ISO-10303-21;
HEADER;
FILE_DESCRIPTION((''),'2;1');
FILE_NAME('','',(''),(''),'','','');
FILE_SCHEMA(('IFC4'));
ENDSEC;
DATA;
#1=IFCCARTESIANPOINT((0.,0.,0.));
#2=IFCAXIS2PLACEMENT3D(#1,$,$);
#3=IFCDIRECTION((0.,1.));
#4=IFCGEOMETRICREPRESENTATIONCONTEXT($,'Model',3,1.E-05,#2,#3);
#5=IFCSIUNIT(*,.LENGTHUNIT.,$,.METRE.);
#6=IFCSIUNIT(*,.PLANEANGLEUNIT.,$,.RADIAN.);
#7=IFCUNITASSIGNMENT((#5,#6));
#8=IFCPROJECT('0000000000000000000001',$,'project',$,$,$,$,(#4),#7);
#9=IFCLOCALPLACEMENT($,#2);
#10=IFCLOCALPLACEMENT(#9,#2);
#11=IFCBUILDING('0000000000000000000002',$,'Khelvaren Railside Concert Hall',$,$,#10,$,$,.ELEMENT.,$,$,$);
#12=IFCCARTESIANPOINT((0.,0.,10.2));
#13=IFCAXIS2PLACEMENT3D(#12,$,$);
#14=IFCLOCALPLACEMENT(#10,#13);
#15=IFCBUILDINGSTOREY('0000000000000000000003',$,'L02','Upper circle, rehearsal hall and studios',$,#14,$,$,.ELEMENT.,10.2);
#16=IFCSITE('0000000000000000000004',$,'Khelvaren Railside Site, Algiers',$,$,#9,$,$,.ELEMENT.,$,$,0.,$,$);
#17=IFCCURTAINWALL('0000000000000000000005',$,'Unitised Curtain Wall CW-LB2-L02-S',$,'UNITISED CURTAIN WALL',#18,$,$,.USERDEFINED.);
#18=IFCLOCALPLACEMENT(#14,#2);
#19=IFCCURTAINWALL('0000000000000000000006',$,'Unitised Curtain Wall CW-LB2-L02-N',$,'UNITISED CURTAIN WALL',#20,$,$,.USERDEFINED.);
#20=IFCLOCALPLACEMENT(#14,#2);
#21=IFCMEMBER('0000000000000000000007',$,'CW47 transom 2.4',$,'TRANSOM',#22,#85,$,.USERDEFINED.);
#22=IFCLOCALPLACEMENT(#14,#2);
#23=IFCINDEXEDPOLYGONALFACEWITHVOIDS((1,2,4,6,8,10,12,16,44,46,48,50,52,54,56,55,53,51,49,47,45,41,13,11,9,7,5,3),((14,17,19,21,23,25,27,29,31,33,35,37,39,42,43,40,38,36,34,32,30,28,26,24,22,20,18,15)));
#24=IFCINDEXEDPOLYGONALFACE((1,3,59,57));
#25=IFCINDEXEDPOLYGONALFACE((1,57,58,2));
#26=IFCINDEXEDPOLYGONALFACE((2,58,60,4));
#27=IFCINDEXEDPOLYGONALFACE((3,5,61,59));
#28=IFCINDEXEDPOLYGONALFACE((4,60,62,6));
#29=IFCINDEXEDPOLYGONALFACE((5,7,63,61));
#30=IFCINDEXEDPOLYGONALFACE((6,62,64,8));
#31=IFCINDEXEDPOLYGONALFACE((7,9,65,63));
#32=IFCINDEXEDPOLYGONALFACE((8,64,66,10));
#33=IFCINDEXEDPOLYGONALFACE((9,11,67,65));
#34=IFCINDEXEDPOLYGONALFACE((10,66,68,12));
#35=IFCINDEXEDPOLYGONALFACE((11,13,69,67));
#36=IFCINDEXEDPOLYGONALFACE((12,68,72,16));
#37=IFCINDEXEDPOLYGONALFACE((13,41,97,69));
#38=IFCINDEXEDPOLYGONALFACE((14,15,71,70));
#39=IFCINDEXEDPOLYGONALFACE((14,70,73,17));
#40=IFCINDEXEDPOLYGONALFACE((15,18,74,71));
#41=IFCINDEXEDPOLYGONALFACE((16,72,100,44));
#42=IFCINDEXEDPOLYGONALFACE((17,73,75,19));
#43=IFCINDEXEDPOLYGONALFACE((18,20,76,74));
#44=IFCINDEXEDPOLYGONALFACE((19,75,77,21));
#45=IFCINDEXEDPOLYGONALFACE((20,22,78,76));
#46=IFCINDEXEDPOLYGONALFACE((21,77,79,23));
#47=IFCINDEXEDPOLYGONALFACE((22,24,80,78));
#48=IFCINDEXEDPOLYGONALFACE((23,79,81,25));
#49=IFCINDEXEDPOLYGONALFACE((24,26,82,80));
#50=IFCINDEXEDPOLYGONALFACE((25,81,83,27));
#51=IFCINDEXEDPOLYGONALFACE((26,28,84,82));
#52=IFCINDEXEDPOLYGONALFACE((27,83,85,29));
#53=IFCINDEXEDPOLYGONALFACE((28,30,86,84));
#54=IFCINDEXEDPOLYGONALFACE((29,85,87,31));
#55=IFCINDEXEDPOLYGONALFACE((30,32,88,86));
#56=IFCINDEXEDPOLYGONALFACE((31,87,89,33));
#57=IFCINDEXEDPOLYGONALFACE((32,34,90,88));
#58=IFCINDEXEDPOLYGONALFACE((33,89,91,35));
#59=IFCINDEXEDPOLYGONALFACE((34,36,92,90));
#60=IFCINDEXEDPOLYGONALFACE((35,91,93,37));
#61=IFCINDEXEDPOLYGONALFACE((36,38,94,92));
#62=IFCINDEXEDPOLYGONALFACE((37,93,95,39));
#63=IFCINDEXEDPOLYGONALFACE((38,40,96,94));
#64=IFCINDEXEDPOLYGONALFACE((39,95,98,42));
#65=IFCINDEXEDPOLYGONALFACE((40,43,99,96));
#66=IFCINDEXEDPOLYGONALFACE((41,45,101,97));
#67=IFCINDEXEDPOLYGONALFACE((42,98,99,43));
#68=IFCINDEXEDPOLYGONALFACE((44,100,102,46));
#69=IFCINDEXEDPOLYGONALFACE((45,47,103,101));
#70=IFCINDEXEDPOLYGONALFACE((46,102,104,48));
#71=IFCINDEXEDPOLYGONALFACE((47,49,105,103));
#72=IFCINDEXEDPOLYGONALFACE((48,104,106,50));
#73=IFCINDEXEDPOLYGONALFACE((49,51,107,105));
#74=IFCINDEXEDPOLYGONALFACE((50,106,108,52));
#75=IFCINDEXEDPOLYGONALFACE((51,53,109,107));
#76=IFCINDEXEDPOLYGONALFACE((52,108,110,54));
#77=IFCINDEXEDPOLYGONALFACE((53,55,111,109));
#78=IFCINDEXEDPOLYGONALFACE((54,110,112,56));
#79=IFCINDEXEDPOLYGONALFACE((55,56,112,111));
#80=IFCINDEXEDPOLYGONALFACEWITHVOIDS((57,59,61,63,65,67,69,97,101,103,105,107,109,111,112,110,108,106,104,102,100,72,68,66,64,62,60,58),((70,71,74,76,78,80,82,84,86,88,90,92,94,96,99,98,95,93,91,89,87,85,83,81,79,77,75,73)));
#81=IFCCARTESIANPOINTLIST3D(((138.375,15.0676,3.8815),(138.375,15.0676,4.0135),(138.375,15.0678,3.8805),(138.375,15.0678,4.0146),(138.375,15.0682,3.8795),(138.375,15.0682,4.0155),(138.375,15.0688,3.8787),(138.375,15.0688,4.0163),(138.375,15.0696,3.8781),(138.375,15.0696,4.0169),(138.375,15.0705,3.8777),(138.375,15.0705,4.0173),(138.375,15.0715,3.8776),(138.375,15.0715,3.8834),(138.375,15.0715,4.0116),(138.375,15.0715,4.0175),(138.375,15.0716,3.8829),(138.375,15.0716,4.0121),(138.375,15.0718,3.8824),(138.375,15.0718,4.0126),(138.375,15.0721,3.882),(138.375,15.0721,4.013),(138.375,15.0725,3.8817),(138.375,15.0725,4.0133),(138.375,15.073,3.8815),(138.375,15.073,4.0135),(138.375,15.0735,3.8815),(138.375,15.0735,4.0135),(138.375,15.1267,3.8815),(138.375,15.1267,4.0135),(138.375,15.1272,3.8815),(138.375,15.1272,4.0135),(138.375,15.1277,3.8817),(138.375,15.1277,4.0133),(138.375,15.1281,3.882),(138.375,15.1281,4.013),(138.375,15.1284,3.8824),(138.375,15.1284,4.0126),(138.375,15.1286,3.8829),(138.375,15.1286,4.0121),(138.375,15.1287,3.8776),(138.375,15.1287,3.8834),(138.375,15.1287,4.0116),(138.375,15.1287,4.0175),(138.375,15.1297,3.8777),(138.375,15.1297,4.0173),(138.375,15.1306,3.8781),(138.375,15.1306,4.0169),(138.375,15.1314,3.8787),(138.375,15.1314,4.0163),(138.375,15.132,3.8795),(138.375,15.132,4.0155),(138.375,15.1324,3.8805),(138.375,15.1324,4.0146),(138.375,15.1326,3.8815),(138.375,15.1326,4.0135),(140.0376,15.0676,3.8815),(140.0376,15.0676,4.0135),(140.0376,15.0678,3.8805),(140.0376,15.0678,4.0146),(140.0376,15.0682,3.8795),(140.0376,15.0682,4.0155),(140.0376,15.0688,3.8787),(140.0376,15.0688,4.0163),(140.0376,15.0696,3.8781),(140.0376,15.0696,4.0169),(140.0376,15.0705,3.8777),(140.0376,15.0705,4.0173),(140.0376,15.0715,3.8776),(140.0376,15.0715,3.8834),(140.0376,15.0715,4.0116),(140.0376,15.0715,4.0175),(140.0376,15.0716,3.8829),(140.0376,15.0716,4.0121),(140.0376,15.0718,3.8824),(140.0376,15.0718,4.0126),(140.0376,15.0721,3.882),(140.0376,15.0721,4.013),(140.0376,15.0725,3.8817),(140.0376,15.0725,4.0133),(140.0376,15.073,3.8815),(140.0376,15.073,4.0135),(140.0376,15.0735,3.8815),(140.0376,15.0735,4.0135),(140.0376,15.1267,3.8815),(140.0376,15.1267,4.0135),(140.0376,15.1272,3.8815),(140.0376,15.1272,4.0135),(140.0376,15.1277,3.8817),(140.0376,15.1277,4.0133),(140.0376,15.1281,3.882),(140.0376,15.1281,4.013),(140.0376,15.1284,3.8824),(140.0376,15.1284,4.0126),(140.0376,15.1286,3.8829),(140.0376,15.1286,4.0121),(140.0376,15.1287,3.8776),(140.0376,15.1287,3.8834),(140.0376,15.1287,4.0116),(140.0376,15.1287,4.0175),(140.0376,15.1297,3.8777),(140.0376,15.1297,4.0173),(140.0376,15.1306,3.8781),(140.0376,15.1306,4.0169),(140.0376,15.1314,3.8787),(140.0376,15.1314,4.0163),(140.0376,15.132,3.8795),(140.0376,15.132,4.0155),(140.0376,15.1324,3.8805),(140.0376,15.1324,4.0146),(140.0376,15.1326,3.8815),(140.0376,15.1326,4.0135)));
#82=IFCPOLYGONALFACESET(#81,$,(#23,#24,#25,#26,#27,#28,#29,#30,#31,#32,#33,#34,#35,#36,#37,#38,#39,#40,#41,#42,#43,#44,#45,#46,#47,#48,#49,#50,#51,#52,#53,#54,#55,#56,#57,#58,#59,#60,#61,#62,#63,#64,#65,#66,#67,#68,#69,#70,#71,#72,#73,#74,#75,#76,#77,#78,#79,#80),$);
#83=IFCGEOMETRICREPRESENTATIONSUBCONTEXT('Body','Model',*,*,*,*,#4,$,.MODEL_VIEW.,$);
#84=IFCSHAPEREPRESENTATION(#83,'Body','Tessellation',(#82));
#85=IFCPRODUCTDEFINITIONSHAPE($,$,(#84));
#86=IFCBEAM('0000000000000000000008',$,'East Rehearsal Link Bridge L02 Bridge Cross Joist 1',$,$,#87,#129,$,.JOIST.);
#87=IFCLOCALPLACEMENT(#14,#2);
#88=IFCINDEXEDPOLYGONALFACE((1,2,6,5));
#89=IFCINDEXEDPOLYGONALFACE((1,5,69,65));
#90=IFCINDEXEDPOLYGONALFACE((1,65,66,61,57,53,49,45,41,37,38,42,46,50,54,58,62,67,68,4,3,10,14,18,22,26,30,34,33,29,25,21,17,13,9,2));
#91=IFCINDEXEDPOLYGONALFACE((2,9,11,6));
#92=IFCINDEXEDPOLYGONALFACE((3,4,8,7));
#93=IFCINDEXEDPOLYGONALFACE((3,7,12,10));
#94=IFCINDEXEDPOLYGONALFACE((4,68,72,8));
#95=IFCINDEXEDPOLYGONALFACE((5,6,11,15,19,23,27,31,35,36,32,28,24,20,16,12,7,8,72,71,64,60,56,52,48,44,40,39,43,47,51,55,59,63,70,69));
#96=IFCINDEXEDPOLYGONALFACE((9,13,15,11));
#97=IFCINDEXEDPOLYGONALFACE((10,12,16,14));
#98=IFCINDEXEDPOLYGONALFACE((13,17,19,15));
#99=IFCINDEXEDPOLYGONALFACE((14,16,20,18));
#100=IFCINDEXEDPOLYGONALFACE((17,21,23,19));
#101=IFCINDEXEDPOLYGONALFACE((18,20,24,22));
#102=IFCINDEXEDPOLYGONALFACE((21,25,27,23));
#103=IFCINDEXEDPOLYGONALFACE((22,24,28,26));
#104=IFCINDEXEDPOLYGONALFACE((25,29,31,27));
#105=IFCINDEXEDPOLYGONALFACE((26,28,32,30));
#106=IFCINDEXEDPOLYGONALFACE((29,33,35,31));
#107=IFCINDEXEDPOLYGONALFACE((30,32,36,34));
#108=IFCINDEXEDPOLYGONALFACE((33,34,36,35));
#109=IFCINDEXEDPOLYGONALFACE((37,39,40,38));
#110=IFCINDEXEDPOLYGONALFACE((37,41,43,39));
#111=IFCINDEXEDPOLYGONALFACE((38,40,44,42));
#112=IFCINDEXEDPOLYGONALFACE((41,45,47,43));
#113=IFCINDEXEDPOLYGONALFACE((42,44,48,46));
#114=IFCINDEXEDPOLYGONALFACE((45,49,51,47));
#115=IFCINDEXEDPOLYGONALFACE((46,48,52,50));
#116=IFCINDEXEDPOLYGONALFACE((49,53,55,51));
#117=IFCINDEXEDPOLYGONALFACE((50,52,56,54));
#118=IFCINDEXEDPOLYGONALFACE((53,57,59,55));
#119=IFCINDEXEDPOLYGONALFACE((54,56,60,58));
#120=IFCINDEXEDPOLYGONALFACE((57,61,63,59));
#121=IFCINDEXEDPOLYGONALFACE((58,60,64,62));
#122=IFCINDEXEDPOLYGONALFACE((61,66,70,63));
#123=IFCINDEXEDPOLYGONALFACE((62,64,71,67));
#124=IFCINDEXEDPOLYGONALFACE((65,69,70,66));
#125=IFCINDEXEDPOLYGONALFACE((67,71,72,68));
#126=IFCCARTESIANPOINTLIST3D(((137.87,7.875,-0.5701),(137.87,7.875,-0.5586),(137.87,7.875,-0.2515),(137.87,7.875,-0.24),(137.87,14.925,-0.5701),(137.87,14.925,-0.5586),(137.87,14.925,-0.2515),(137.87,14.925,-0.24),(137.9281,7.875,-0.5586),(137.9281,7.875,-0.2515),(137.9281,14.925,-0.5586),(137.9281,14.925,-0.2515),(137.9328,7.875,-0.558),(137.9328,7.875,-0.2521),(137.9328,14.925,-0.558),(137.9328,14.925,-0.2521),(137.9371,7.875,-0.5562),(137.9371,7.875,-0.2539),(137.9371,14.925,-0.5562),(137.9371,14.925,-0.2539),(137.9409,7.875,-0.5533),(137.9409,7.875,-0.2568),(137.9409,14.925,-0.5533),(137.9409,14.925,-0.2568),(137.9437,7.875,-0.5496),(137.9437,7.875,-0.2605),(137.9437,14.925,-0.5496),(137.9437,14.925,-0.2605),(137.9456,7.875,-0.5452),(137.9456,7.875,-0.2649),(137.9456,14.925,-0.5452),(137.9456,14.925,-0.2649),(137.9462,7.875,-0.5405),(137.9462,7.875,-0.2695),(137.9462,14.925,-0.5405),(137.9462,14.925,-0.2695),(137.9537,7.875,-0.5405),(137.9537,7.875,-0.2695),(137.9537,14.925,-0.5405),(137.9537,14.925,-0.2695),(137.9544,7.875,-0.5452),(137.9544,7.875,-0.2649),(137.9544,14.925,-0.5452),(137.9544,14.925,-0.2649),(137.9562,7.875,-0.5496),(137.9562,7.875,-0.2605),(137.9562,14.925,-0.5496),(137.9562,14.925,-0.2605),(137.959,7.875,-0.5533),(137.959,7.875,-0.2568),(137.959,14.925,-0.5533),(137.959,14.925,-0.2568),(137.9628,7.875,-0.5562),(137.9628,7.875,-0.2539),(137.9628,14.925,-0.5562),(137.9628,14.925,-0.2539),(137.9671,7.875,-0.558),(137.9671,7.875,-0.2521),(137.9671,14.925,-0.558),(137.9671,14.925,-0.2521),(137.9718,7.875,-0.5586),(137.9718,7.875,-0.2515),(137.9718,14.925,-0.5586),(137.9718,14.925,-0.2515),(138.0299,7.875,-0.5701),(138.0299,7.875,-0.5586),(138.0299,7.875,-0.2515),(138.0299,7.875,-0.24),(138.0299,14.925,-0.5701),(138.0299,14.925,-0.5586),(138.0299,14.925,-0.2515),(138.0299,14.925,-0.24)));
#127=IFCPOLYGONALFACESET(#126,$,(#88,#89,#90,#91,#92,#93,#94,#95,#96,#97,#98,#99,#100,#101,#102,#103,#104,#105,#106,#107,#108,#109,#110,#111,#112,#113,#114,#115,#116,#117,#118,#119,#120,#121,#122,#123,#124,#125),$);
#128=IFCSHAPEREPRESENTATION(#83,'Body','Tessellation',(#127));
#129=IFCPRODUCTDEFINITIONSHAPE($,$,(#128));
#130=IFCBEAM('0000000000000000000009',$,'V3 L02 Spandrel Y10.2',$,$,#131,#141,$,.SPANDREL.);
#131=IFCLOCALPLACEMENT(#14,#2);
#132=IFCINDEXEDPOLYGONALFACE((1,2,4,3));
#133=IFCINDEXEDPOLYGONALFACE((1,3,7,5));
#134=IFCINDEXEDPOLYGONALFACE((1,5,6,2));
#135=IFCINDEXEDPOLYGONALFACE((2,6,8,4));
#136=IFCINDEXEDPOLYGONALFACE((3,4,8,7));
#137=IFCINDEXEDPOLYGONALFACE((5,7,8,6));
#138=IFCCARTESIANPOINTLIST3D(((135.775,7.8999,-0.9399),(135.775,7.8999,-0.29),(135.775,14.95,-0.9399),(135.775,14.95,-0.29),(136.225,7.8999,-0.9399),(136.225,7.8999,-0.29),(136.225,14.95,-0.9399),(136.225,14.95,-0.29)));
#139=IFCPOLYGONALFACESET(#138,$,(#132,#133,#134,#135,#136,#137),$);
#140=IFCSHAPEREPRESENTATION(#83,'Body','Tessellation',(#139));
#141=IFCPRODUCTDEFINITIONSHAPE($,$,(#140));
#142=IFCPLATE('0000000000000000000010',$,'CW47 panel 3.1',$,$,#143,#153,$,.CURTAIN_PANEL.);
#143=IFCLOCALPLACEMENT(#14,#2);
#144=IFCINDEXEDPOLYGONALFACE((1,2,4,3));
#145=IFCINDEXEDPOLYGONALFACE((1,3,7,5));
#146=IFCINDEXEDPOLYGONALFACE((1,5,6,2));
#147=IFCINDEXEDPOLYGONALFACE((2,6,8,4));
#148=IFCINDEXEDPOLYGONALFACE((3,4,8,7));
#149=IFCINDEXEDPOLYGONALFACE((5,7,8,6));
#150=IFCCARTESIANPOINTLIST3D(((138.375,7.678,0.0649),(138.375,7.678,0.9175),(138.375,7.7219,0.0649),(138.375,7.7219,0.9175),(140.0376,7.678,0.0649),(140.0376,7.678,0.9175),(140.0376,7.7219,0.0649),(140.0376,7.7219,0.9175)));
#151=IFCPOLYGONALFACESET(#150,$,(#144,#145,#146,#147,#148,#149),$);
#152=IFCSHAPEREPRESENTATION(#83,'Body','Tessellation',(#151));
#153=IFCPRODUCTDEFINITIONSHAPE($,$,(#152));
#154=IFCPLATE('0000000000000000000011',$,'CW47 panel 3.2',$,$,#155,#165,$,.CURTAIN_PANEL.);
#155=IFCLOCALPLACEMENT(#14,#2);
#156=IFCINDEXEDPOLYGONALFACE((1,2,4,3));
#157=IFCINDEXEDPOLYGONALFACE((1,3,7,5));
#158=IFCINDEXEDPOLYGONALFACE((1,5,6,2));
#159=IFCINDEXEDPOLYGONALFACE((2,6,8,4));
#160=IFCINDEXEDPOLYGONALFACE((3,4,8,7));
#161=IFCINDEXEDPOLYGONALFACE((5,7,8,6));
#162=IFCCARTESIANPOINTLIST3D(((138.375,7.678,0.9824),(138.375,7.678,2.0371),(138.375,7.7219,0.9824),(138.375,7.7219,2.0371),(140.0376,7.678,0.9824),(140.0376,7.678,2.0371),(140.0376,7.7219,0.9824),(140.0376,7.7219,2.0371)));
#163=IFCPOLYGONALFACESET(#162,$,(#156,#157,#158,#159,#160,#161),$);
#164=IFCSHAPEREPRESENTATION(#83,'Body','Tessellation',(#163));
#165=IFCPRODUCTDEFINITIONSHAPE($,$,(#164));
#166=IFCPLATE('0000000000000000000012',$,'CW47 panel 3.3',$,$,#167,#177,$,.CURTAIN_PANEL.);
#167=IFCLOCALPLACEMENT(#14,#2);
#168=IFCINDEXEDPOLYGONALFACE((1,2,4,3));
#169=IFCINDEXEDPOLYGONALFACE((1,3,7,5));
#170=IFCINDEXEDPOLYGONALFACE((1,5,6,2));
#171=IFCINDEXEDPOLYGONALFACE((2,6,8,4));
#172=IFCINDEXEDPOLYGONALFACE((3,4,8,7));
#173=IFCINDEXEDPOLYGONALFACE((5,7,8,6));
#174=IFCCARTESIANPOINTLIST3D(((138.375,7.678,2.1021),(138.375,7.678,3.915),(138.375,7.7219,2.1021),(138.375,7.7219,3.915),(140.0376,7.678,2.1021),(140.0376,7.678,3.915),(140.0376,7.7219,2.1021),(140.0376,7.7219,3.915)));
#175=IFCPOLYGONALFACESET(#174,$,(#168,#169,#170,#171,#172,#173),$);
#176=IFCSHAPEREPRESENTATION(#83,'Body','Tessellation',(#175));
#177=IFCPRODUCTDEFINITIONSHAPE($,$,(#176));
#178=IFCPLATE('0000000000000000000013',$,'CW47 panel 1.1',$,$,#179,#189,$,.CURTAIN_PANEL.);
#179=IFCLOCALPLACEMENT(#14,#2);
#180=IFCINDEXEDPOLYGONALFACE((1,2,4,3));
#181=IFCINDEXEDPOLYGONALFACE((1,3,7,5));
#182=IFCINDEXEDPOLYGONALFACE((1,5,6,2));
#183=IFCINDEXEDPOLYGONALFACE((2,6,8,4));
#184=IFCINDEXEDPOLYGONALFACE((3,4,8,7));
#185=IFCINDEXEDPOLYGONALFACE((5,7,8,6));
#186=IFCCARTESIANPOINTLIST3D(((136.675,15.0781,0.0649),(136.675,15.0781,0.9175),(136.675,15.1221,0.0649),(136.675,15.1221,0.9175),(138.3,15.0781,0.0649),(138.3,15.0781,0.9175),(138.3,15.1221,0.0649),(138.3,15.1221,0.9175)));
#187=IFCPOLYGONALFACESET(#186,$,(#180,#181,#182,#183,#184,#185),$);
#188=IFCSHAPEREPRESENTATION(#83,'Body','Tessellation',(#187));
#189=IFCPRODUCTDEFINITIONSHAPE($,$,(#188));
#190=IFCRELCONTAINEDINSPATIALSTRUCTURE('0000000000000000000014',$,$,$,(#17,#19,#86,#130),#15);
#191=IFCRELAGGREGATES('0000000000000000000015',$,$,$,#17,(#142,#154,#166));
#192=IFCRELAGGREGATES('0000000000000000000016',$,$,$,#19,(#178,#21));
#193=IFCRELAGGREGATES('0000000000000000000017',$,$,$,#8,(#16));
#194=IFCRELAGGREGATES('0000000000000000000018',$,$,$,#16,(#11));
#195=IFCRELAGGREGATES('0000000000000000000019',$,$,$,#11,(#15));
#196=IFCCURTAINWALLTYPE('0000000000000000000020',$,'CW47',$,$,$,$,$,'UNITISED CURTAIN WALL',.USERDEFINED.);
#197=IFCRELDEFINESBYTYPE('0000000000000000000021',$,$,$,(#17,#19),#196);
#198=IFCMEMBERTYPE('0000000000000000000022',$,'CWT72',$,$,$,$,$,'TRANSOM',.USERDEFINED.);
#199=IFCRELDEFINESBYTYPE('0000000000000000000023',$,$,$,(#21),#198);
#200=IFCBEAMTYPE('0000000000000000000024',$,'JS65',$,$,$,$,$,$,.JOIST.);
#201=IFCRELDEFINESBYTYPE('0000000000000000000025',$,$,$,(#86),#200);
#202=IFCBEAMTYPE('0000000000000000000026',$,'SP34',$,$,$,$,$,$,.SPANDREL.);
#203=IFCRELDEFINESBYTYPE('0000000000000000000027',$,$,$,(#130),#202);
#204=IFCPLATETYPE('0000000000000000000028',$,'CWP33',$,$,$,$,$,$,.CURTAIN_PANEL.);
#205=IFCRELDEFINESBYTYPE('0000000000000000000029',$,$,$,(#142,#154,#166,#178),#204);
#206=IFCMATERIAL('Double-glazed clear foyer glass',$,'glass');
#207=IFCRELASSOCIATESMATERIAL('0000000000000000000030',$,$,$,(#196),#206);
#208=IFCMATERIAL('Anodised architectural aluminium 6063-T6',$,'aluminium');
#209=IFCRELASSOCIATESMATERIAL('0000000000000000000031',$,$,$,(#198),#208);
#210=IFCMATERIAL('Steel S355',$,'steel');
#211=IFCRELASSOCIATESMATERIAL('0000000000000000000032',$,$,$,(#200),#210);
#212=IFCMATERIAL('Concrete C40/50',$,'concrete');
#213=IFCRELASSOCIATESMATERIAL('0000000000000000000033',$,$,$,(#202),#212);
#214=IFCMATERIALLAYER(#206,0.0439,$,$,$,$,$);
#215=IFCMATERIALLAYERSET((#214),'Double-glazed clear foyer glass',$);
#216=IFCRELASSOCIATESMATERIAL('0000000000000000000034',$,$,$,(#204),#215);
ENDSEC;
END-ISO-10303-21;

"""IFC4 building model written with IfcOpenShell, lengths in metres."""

from ifc_helpers import new_model, si_unit, direction, frame, origin, origin_2d, place, context, subcontext, project, spatial, rectangle, hollow_rectangle, i_section, extrude, material, layer, layer_set, material_profile, profile_set, type_object, element, aggregate, save


model = new_model("IFC4")

# Units and contexts
model_context = context("Model", 3, precision=1e-05, world=origin(), true_north=direction((0.0, 1.0)))
body_context = subcontext(model_context, "Body", "Model", "MODEL_VIEW")
ifc_project = project(units=[si_unit("LENGTHUNIT", "METRE"), si_unit("PLANEANGLEUNIT", "RADIAN")], contexts=[model_context])

# Site, building, storey
site_placement = place(None, origin())
site = spatial("IfcSite", under=ifc_project, at=site_placement, Name="Khelvaren Railside Site, Algiers", CompositionType="ELEMENT", RefElevation=0.0)
building_placement = place(site_placement, origin())
building = spatial("IfcBuilding", under=site, at=building_placement, Name="Khelvaren Railside Concert Hall", CompositionType="ELEMENT")
storey_placement = place(building_placement, frame((0.0, 0.0, 10.2)))
storey = spatial("IfcBuildingStorey", under=building, at=storey_placement, Name="L02", Description="Upper circle, rehearsal hall and studios", CompositionType="ELEMENT", Elevation=10.2)

# Curtain wall
ifc_material_1 = material(Name="Double-glazed clear foyer glass", Category="glass")
curtain_wall_type = type_object("IfcCurtainWallType", Name="CW47", ElementType="UNITISED CURTAIN WALL", PredefinedType="USERDEFINED", material=ifc_material_1)
curtain_wall_1_placement = place(storey_placement, origin())
curtain_wall_1 = element("IfcCurtainWall", 1, at=curtain_wall_1_placement, inside=storey, type_object=curtain_wall_type, Name="Unitised Curtain Wall CW-LB2-L02-S", ObjectType="UNITISED CURTAIN WALL", PredefinedType="USERDEFINED")
ifc_material_2 = material(Name="Anodised architectural aluminium 6063-T6", Category="aluminium")

# Curtain wall
curtain_wall_2_placement = place(storey_placement, origin())
curtain_wall_2 = element("IfcCurtainWall", 2, at=curtain_wall_2_placement, inside=storey, type_object=curtain_wall_type, Name="Unitised Curtain Wall CW-LB2-L02-N", ObjectType="UNITISED CURTAIN WALL", PredefinedType="USERDEFINED")

# Member
ifc_material_profile_1 = material_profile(ifc_material_2, hollow_rectangle(XDim=0.0649, YDim=0.1399, WallThickness=0.0039, InnerFilletRadius=0.002, OuterFilletRadius=0.0039, at=origin_2d()), Name="CWT 65x140x4")
ifc_profile_set_1 = profile_set([ifc_material_profile_1], Name="Anodised architectural aluminium 6063-T6")
member_type_1 = type_object("IfcMemberType", Name="CWT72", ElementType="TRANSOM", PredefinedType="USERDEFINED", material=ifc_profile_set_1)
member_1_placement = place(storey_placement, frame((138.375, 15.1001, 3.9475), z_axis=(1.0, 0.0, 0.0), x_axis=(0.0, 1.0, 0.0)))
member_1 = element("IfcMember", 3, at=member_1_placement, type_object=member_type_1, Name="CW47 transom 2.4", ObjectType="TRANSOM", PredefinedType="USERDEFINED", context=body_context, shape_type="SweptSolid", body=[
    extrude(hollow_rectangle(XDim=0.0649, YDim=0.1399, WallThickness=0.0039, InnerFilletRadius=0.002, OuterFilletRadius=0.0039, at=origin_2d()), origin(), (0.0, 0.0, 1.0), 1.6626),
])

# Beams
ifc_material_3 = material(Name="Steel S355", Category="steel")
ifc_material_profile_2 = material_profile(ifc_material_3, i_section(OverallWidth=0.1599, OverallDepth=0.3301, WebThickness=0.0076, FlangeThickness=0.0115, FilletRadius=0.0181, at=origin_2d()), Name="IPE 330")
ifc_profile_set_2 = profile_set([ifc_material_profile_2], Name="Steel S355")
beam_type_1 = type_object("IfcBeamType", Name="JS65", PredefinedType="JOIST", material=ifc_profile_set_2)
beam_1_placement = place(storey_placement, frame((137.95, 7.875, -0.405), z_axis=(0.0, 1.0, 0.0), x_axis=(-1.0, 0.0, 0.0)))
element("IfcBeam", 4, at=beam_1_placement, inside=storey, type_object=beam_type_1, Name="East Rehearsal Link Bridge L02 Bridge Cross Joist 1", PredefinedType="JOIST", context=body_context, shape_type="SweptSolid", body=[
    extrude(i_section(OverallWidth=0.1599, OverallDepth=0.3301, WebThickness=0.0076, FlangeThickness=0.0115, FilletRadius=0.0181, at=origin_2d()), origin(), (0.0, 0.0, 1.0), 7.05),
])
ifc_material_4 = material(Name="Concrete C40/50", Category="concrete")
ifc_material_profile_3 = material_profile(ifc_material_4, rectangle(XDim=0.45, YDim=0.6499, at=origin_2d()), Name="RCB 450x650")
ifc_profile_set_3 = profile_set([ifc_material_profile_3], Name="Concrete C40/50")
beam_type_2 = type_object("IfcBeamType", Name="SP34", PredefinedType="SPANDREL", material=ifc_profile_set_3)
beam_2_placement = place(storey_placement, frame((136.0, 7.8999, -0.615), z_axis=(0.0, 1.0, 0.0), x_axis=(-1.0, 0.0, 0.0)))
element("IfcBeam", 5, at=beam_2_placement, inside=storey, type_object=beam_type_2, Name="V3 L02 Spandrel Y10.2", PredefinedType="SPANDREL", context=body_context, shape_type="SweptSolid", body=[
    extrude(rectangle(XDim=0.45, YDim=0.6499, at=origin_2d()), origin(), (0.0, 0.0, 1.0), 7.05),
])

# Plates
ifc_layer_1 = layer(ifc_material_1, 0.0439)
ifc_layer_set_1 = layer_set([ifc_layer_1], Name="Double-glazed clear foyer glass")
plate_type = type_object("IfcPlateType", Name="CWP33", PredefinedType="CURTAIN_PANEL", material=ifc_layer_set_1)
plate_1_placement = place(storey_placement, frame((139.2063, 7.7, 0.0649), z_axis=(0.0, 0.0, 1.0), x_axis=(-1.0, 0.0, 0.0)))
plate_1 = element("IfcPlate", 6, at=plate_1_placement, type_object=plate_type, Name="CW47 panel 3.1", PredefinedType="CURTAIN_PANEL", context=body_context, shape_type="SweptSolid", body=[
    extrude(rectangle(XDim=1.6626, YDim=0.0439, at=origin_2d()), origin(), (0.0, 0.0, 1.0), 0.8525),
])
plate_2_placement = place(storey_placement, frame((139.2063, 7.7, 0.9824), z_axis=(0.0, 0.0, 1.0), x_axis=(-1.0, 0.0, 0.0)))
plate_2 = element("IfcPlate", 7, at=plate_2_placement, type_object=plate_type, Name="CW47 panel 3.2", PredefinedType="CURTAIN_PANEL", context=body_context, shape_type="SweptSolid", body=[
    extrude(rectangle(XDim=1.6626, YDim=0.0439, at=origin_2d()), origin(), (0.0, 0.0, 1.0), 1.0547),
])
plate_3_placement = place(storey_placement, frame((139.2063, 7.7, 2.1021), z_axis=(0.0, 0.0, 1.0), x_axis=(-1.0, 0.0, 0.0)))
plate_3 = element("IfcPlate", 8, at=plate_3_placement, type_object=plate_type, Name="CW47 panel 3.3", PredefinedType="CURTAIN_PANEL", context=body_context, shape_type="SweptSolid", body=[
    extrude(rectangle(XDim=1.6626, YDim=0.0439, at=origin_2d()), origin(), (0.0, 0.0, 1.0), 1.813),
])
aggregate(curtain_wall_1, [plate_1, plate_2, plate_3])
plate_4_placement = place(storey_placement, frame((137.4875, 15.1001, 0.0649), z_axis=(0.0, 0.0, 1.0), x_axis=(1.0, 0.0, 0.0)))
plate_4 = element("IfcPlate", 9, at=plate_4_placement, type_object=plate_type, Name="CW47 panel 1.1", PredefinedType="CURTAIN_PANEL", context=body_context, shape_type="SweptSolid", body=[
    extrude(rectangle(XDim=1.625, YDim=0.0439, at=origin_2d()), origin(), (0.0, 0.0, 1.0), 0.8525),
])
aggregate(curtain_wall_2, [plate_4, member_1])

save(model, "model.ifc")
